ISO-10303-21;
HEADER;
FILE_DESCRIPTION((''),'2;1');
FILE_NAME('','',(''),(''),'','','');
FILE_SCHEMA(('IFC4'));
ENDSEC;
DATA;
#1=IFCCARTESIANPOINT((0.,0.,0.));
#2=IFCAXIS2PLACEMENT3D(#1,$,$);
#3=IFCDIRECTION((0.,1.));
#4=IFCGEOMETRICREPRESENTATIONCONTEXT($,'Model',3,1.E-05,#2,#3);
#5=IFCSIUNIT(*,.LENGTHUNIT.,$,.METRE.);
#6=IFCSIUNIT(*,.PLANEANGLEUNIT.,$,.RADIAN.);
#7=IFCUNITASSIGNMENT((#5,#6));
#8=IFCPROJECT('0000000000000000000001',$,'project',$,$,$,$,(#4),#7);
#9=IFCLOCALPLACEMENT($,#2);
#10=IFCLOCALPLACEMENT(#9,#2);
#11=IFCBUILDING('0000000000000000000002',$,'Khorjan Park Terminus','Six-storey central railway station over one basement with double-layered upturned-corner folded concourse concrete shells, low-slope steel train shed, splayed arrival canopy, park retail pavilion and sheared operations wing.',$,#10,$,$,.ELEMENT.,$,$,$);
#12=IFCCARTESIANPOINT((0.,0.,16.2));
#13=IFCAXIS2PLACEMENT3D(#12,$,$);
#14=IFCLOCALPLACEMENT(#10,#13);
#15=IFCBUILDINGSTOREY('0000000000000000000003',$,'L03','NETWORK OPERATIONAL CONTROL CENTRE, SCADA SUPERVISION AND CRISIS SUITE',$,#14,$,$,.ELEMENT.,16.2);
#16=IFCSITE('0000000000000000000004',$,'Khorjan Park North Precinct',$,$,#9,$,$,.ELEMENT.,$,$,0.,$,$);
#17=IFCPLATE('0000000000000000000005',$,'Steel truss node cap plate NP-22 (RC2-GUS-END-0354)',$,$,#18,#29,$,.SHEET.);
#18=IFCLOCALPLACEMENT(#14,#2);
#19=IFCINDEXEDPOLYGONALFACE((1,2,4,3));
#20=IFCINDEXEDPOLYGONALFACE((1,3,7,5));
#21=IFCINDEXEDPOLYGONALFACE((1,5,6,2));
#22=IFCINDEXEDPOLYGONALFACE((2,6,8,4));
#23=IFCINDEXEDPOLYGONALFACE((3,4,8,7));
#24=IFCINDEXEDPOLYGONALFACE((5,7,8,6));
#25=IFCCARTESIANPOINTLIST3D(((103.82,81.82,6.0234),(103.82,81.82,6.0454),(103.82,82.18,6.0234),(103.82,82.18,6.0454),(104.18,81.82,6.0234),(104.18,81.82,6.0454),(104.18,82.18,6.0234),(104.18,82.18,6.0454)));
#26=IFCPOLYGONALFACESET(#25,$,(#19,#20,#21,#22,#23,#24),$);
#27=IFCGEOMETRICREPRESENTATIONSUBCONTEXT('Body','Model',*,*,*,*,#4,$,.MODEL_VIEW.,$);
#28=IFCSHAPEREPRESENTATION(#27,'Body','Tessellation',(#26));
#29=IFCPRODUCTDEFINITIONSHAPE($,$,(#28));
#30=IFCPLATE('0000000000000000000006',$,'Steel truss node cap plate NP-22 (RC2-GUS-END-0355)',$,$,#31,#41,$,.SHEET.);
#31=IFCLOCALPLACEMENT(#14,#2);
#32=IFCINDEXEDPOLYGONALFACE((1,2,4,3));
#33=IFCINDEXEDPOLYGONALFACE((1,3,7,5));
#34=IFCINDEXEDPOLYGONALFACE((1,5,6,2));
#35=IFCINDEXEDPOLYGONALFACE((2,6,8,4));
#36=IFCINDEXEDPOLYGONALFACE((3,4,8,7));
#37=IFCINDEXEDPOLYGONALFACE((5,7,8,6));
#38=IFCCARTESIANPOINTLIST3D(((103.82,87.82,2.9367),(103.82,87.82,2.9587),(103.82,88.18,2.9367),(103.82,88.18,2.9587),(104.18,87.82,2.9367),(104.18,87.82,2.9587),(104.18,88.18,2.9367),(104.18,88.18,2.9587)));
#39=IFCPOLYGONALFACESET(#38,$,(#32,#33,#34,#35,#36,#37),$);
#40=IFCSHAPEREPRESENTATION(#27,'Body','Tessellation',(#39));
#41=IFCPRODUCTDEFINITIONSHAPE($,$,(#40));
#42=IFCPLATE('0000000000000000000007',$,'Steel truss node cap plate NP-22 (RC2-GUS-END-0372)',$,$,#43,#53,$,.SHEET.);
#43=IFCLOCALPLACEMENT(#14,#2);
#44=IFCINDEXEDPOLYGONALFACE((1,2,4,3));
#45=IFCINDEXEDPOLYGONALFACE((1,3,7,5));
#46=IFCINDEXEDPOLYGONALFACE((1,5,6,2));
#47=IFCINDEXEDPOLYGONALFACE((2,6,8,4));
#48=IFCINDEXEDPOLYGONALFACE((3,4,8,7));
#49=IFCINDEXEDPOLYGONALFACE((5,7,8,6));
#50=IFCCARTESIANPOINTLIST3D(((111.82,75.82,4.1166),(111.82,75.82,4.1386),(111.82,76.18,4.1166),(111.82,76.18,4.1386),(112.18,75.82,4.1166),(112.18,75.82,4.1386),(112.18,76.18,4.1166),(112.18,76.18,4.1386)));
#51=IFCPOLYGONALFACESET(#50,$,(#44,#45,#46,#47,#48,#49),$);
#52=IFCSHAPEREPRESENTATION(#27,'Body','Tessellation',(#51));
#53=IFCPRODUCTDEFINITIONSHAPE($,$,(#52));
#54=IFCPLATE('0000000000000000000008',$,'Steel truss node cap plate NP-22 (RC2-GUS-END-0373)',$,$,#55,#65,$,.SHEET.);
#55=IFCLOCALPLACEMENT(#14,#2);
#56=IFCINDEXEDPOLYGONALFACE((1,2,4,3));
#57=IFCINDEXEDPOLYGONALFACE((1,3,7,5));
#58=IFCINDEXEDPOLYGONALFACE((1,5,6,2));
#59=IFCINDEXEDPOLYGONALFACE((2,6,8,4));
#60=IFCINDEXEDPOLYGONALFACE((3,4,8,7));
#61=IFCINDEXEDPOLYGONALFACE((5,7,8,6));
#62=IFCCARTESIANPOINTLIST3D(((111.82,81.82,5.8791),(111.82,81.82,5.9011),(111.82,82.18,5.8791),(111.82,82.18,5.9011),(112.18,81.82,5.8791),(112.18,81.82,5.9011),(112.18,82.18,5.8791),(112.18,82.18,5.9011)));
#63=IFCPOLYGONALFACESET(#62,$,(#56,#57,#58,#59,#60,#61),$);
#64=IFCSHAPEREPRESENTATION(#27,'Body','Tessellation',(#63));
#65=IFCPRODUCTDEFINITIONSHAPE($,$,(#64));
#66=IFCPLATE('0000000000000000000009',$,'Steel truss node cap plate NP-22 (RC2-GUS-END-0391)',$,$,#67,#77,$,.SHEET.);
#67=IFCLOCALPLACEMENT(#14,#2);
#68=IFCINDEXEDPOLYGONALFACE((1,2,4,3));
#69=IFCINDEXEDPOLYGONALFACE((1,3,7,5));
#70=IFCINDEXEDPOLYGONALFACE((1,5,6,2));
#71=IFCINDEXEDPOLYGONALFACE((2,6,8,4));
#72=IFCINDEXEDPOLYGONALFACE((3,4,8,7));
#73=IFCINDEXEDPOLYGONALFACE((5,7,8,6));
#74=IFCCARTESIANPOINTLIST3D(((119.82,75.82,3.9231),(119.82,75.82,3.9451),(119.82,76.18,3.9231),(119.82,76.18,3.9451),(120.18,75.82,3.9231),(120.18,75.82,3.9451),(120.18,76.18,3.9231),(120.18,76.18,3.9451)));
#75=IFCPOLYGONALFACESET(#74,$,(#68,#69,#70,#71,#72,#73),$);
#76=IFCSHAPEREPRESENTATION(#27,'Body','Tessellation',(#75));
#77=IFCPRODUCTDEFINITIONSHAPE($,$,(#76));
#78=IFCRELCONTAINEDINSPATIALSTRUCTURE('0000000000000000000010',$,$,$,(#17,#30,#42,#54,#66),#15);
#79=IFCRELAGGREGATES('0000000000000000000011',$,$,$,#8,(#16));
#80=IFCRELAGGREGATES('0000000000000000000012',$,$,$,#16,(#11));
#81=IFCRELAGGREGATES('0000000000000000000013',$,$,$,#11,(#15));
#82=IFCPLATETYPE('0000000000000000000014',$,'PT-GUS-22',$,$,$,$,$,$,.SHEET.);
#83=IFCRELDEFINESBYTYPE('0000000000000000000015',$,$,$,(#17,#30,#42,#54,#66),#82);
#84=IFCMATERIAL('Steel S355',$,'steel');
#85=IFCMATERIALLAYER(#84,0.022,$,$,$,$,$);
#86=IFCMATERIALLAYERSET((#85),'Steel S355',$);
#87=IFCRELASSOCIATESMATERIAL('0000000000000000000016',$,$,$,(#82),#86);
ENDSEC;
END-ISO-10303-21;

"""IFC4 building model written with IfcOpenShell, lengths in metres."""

from ifc_helpers import new_model, si_unit, direction, frame, origin, origin_2d, place, context, subcontext, project, spatial, rectangle, extrude, material, layer, layer_set, type_object, element, save


model = new_model("IFC4")

# Units and contexts
model_context = context("Model", 3, precision=1e-05, world=origin(), true_north=direction((0.0, 1.0)))
body_context = subcontext(model_context, "Body", "Model", "MODEL_VIEW")
ifc_project = project(units=[si_unit("LENGTHUNIT", "METRE"), si_unit("PLANEANGLEUNIT", "RADIAN")], contexts=[model_context])

# Site, building, storey
site_placement = place(None, origin())
site = spatial("IfcSite", under=ifc_project, at=site_placement, Name="Khorjan Park North Precinct", CompositionType="ELEMENT", RefElevation=0.0)
building_placement = place(site_placement, origin())
building = spatial("IfcBuilding", under=site, at=building_placement, Name="Khorjan Park Terminus", Description="Six-storey central railway station over one basement with double-layered upturned-corner folded concourse concrete shells, low-slope steel train shed, splayed arrival canopy, park retail pavilion and sheared operations wing.", CompositionType="ELEMENT")
storey_placement = place(building_placement, frame((0.0, 0.0, 16.2)))
storey = spatial("IfcBuildingStorey", under=building, at=storey_placement, Name="L03", Description="NETWORK OPERATIONAL CONTROL CENTRE, SCADA SUPERVISION AND CRISIS SUITE", CompositionType="ELEMENT", Elevation=16.2)

# Shared definitions
ifc_material = material(Name="Steel S355", Category="steel")

# Plates
ifc_layer = layer(ifc_material, 0.022)
ifc_layer_set = layer_set([ifc_layer], Name="Steel S355")
plate_type = type_object("IfcPlateType", Name="PT-GUS-22", PredefinedType="SHEET", material=ifc_layer_set)
for number, where, z_axis, x_axis, name in (
    (1, (104.0, 82.0, 6.0234), (0.0, 0.0, 1.0), (1.0, 0.0, 0.0), "Steel truss node cap plate NP-22 (RC2-GUS-END-0354)"),
    (2, (104.0, 88.0, 2.9367), (0.0, 0.0, 1.0), (1.0, 0.0, 0.0), "Steel truss node cap plate NP-22 (RC2-GUS-END-0355)"),
    (3, (112.0, 76.0, 4.1166), (0.0, 0.0, 1.0), (1.0, 0.0, 0.0), "Steel truss node cap plate NP-22 (RC2-GUS-END-0372)"),
    (4, (112.0, 82.0, 5.8791), (0.0, 0.0, 1.0), (1.0, 0.0, 0.0), "Steel truss node cap plate NP-22 (RC2-GUS-END-0373)"),
    (5, (120.0, 76.0, 3.9231), (0.0, 0.0, 1.0), (1.0, 0.0, 0.0), "Steel truss node cap plate NP-22 (RC2-GUS-END-0391)"),
):
    element("IfcPlate", number, at=place(storey_placement, frame(where, z_axis=z_axis, x_axis=x_axis)), inside=storey, type_object=plate_type, Name=name, PredefinedType="SHEET", context=body_context, shape_type="SweptSolid", body=[
        extrude(rectangle(XDim=0.36, YDim=0.36, at=origin_2d()), origin(), (0.0, 0.0, 1.0), 0.022),
    ])

save(model, "model.ifc")
